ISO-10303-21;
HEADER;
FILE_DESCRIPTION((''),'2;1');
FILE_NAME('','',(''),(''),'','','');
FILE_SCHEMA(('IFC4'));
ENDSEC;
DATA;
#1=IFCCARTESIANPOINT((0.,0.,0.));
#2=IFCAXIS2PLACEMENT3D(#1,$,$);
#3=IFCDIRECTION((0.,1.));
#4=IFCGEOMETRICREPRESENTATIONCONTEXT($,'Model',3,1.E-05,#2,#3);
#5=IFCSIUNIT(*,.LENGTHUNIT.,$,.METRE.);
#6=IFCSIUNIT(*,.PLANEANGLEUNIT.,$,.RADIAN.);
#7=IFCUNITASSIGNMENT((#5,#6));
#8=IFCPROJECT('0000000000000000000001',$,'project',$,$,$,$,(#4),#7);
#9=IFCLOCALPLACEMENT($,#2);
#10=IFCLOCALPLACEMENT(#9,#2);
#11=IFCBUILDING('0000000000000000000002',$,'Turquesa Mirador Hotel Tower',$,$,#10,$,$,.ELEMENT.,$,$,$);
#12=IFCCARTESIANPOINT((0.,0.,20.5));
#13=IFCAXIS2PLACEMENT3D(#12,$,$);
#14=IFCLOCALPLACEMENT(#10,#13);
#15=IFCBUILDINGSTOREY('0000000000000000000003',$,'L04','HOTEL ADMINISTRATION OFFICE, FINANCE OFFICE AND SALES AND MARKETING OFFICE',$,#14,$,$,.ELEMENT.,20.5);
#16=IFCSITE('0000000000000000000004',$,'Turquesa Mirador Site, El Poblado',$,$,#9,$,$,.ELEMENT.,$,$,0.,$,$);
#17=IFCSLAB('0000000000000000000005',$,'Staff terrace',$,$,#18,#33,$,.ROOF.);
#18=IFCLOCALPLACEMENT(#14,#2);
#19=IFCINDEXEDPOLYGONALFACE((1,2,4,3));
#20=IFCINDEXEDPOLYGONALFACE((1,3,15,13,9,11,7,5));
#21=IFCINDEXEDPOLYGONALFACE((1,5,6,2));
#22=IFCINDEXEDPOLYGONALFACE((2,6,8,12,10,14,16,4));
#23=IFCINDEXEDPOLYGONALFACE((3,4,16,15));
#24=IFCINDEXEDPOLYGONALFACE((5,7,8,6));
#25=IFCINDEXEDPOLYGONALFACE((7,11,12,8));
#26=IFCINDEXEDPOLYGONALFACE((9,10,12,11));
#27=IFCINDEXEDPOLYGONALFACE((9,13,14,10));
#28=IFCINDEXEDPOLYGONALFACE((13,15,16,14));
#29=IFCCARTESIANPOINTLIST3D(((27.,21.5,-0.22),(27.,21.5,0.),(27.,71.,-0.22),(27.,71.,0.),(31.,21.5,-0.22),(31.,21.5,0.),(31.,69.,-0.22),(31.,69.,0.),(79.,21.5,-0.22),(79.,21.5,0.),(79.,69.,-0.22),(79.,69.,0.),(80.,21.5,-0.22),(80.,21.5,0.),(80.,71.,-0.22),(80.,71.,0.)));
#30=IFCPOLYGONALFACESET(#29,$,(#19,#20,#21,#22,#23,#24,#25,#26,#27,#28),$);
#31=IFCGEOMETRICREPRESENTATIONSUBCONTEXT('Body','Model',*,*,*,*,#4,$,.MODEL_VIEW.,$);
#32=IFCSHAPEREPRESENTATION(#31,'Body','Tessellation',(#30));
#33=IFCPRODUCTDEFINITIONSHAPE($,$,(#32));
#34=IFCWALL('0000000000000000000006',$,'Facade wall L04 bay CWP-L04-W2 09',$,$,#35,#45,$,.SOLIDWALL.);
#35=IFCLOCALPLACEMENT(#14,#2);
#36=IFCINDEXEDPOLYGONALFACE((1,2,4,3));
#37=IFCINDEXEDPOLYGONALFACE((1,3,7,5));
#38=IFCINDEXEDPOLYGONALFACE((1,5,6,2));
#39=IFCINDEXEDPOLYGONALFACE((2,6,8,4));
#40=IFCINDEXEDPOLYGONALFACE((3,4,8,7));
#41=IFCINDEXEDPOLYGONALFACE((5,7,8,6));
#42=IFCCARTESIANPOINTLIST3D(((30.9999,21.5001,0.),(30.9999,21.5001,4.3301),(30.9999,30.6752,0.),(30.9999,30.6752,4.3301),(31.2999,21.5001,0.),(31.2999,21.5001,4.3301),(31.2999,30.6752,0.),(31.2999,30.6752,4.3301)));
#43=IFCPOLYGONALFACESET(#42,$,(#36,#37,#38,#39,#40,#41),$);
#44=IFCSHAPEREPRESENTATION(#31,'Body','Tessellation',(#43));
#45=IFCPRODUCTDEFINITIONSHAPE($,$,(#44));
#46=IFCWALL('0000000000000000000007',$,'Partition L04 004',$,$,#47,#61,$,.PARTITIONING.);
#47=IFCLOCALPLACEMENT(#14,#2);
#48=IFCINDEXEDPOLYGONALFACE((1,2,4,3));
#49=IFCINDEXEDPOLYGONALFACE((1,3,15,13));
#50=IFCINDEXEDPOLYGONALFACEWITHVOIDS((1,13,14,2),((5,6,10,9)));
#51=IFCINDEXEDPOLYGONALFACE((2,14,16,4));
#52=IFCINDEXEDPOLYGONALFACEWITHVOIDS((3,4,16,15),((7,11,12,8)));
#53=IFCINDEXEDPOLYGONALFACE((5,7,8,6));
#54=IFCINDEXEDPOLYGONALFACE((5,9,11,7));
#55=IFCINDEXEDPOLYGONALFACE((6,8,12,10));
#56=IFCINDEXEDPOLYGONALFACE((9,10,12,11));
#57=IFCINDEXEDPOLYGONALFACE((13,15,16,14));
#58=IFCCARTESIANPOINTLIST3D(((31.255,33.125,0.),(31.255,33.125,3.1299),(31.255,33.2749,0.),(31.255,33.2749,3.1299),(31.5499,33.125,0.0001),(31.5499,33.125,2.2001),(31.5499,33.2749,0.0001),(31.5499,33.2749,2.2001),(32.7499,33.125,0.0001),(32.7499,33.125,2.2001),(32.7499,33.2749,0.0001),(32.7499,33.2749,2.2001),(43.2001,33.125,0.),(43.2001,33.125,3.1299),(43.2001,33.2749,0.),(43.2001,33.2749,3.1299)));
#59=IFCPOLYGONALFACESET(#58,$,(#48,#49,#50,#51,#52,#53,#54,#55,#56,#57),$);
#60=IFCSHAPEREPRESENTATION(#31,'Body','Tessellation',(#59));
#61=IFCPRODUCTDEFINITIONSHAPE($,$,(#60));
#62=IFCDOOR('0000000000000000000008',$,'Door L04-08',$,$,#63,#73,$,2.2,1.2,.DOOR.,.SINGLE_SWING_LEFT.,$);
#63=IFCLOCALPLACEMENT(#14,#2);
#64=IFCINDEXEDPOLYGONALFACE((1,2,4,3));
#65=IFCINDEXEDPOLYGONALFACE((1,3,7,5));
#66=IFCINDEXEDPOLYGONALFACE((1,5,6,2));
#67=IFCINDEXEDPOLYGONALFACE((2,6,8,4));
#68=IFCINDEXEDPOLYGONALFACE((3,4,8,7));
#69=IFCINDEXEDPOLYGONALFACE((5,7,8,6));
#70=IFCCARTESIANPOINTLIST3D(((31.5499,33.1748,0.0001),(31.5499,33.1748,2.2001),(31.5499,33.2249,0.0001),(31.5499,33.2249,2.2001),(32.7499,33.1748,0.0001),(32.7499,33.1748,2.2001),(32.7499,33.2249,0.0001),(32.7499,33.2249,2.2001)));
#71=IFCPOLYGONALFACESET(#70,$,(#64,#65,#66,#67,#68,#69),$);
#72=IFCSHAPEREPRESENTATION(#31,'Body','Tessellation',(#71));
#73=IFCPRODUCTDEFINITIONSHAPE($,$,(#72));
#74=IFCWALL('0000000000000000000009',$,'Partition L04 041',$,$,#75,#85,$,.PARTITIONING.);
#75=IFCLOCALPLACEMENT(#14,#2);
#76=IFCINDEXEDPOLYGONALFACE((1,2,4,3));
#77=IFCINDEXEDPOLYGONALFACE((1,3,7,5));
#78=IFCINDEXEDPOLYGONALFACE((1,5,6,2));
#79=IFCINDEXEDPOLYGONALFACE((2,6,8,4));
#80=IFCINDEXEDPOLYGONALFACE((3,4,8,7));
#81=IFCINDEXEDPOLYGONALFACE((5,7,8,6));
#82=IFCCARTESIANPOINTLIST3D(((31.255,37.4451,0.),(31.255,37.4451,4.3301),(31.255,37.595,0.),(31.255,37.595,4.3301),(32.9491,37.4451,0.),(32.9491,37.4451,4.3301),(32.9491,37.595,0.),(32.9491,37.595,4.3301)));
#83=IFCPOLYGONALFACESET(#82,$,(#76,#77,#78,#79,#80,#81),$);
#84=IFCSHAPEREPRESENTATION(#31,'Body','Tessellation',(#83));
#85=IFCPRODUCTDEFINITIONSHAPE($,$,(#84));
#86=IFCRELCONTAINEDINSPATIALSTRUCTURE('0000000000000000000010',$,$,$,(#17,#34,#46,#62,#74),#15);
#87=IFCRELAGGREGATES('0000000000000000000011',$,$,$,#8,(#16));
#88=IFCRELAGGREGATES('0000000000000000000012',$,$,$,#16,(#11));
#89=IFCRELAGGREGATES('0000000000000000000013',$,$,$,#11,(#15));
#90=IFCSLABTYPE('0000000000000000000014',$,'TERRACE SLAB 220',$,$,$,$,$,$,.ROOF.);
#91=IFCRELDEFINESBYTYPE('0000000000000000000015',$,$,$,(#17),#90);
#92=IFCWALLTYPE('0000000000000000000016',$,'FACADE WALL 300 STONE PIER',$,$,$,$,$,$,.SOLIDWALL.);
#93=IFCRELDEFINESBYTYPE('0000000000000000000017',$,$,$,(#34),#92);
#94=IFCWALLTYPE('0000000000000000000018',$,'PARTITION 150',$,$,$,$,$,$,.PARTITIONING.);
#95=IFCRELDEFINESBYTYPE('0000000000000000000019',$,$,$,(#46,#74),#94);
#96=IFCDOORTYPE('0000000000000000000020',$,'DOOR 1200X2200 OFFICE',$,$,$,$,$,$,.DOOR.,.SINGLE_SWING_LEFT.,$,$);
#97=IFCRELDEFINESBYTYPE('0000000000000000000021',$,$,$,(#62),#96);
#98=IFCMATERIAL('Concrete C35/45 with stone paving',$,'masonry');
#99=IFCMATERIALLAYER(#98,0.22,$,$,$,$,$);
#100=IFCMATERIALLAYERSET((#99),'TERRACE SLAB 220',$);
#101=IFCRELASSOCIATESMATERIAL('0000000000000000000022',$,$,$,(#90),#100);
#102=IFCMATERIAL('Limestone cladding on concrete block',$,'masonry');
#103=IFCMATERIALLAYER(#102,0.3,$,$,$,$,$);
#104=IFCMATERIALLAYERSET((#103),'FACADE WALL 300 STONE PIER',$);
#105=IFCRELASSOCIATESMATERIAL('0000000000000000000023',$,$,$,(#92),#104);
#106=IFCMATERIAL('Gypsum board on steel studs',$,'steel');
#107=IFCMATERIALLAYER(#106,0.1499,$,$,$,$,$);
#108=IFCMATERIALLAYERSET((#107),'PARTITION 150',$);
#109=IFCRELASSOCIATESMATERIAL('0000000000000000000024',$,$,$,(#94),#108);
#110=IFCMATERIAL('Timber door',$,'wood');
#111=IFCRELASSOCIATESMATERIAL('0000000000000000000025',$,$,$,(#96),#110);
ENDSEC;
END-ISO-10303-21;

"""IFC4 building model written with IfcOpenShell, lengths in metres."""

from ifc_helpers import new_model, si_unit, direction, frame, frame_2d, origin, place, context, subcontext, project, spatial, polyline, rectangle, outline, extrude, material, layer, layer_set, type_object, element, fill, save


model = new_model("IFC4")

# Units and contexts
model_context = context("Model", 3, precision=1e-05, world=origin(), true_north=direction((0.0, 1.0)))
body_context = subcontext(model_context, "Body", "Model", "MODEL_VIEW")
ifc_project = project(units=[si_unit("LENGTHUNIT", "METRE"), si_unit("PLANEANGLEUNIT", "RADIAN")], contexts=[model_context])

# Site, building, storey
site_placement = place(None, origin())
site = spatial("IfcSite", under=ifc_project, at=site_placement, Name="Turquesa Mirador Site, El Poblado", CompositionType="ELEMENT", RefElevation=0.0)
building_placement = place(site_placement, origin())
building = spatial("IfcBuilding", under=site, at=building_placement, Name="Turquesa Mirador Hotel Tower", CompositionType="ELEMENT")
storey_placement = place(building_placement, frame((0.0, 0.0, 20.5)))
storey = spatial("IfcBuildingStorey", under=building, at=storey_placement, Name="L04", Description="HOTEL ADMINISTRATION OFFICE, FINANCE OFFICE AND SALES AND MARKETING OFFICE", CompositionType="ELEMENT", Elevation=20.5)

# Slab
ifc_material_1 = material(Name="Concrete C35/45 with stone paving", Category="masonry")
ifc_layer_1 = layer(ifc_material_1, 0.22)
ifc_layer_set_1 = layer_set([ifc_layer_1], Name="TERRACE SLAB 220")
slab_type_1 = type_object("IfcSlabType", Name="TERRACE SLAB 220", PredefinedType="ROOF", material=ifc_layer_set_1)
slab_1_placement = place(storey_placement, frame((0.0, 0.0, -0.22)))
element("IfcSlab", 1, at=slab_1_placement, inside=storey, type_object=slab_type_1, Name="Staff terrace", PredefinedType="ROOF", context=body_context, shape_type="SweptSolid", body=[
    extrude(outline(polyline([(27.0, 21.5), (27.0, 71.0), (80.0, 71.0), (80.0, 21.5), (79.0, 21.5), (79.0, 69.0), (31.0, 69.0), (31.0, 21.5), (27.0, 21.5)])), origin(), (0.0, 0.0, 1.0), 0.22),
])

# Wall
ifc_material_2 = material(Name="Limestone cladding on concrete block", Category="masonry")
ifc_layer_2 = layer(ifc_material_2, 0.3)
ifc_layer_set_2 = layer_set([ifc_layer_2], Name="FACADE WALL 300 STONE PIER")
wall_type_1 = type_object("IfcWallType", Name="FACADE WALL 300 STONE PIER", PredefinedType="SOLIDWALL", material=ifc_layer_set_2)
wall_1_placement = place(storey_placement, frame((31.1499, 30.675, 0.0), z_axis=(0.0, 0.0, 1.0), x_axis=(0.0, -1.0, 0.0)))
element("IfcWall", 2, at=wall_1_placement, inside=storey, type_object=wall_type_1, Name="Facade wall L04 bay CWP-L04-W2 09", PredefinedType="SOLIDWALL", context=body_context, shape_type="SweptSolid", body=[
    extrude(rectangle(XDim=9.175, YDim=0.3, at=frame_2d((4.5874, 0.0))), origin(), (0.0, 0.0, 1.0), 4.3301),
])

# Wall, opening, door
ifc_material_3 = material(Name="Gypsum board on steel studs", Category="steel")
ifc_layer_3 = layer(ifc_material_3, 0.1499)
ifc_layer_set_3 = layer_set([ifc_layer_3], Name="PARTITION 150")
wall_type_2 = type_object("IfcWallType", Name="PARTITION 150", PredefinedType="PARTITIONING", material=ifc_layer_set_3)
wall_2_placement = place(storey_placement, frame((31.2549, 33.2, 0.0), z_axis=(0.0, 0.0, 1.0), x_axis=(1.0, 0.0, 0.0)))
wall_2 = element("IfcWall", 3, at=wall_2_placement, inside=storey, type_object=wall_type_2, Name="Partition L04 004", PredefinedType="PARTITIONING", context=body_context, shape_type="SweptSolid", body=[
    extrude(rectangle(XDim=11.9451, YDim=0.1499, at=frame_2d((5.9727, 0.0))), origin(), (0.0, 0.0, 1.0), 3.1299),
])
opening_placement = place(wall_2_placement, frame((0.2949, 0.0, 0.0)))
opening = element("IfcOpeningElement", 4, at=opening_placement, cuts=wall_2, PredefinedType="OPENING", context=body_context, shape_type="SweptSolid", body=[
    extrude(rectangle(XDim=1.2, YDim=2.2, at=frame_2d((0.6001, 1.1001))), frame((0.0, 0.085, 0.0), z_axis=(0.0, -1.0, 0.0), x_axis=(1.0, 0.0, 0.0)), (0.0, 0.0, 1.0), 0.1699),
])
ifc_material_4 = material(Name="Timber door", Category="wood")
door_type = type_object("IfcDoorType", Name="DOOR 1200X2200 OFFICE", OperationType="SINGLE_SWING_LEFT", PredefinedType="DOOR", material=ifc_material_4)
door_placement = place(opening_placement, origin())
door = element("IfcDoor", 5, at=door_placement, inside=storey, type_object=door_type, Name="Door L04-08", OperationType="SINGLE_SWING_LEFT", OverallHeight=2.2, OverallWidth=1.2, PredefinedType="DOOR", context=body_context, shape_type="SweptSolid", body=[
    extrude(rectangle(XDim=1.2, YDim=2.2, at=frame_2d((0.6001, 1.1001))), frame((0.0, 0.0249, 0.0), z_axis=(0.0, -1.0, 0.0), x_axis=(1.0, 0.0, 0.0)), (0.0, 0.0, 1.0), 0.05),
])
fill(opening, door)

# Wall
wall_3_placement = place(storey_placement, frame((31.2549, 37.52, 0.0), z_axis=(0.0, 0.0, 1.0), x_axis=(1.0, 0.0, 0.0)))
element("IfcWall", 6, at=wall_3_placement, inside=storey, type_object=wall_type_2, Name="Partition L04 041", PredefinedType="PARTITIONING", context=body_context, shape_type="SweptSolid", body=[
    extrude(rectangle(XDim=1.6941, YDim=0.1499, at=frame_2d((0.8472, 0.0))), origin(), (0.0, 0.0, 1.0), 4.3301),
])

save(model, "model.ifc")
